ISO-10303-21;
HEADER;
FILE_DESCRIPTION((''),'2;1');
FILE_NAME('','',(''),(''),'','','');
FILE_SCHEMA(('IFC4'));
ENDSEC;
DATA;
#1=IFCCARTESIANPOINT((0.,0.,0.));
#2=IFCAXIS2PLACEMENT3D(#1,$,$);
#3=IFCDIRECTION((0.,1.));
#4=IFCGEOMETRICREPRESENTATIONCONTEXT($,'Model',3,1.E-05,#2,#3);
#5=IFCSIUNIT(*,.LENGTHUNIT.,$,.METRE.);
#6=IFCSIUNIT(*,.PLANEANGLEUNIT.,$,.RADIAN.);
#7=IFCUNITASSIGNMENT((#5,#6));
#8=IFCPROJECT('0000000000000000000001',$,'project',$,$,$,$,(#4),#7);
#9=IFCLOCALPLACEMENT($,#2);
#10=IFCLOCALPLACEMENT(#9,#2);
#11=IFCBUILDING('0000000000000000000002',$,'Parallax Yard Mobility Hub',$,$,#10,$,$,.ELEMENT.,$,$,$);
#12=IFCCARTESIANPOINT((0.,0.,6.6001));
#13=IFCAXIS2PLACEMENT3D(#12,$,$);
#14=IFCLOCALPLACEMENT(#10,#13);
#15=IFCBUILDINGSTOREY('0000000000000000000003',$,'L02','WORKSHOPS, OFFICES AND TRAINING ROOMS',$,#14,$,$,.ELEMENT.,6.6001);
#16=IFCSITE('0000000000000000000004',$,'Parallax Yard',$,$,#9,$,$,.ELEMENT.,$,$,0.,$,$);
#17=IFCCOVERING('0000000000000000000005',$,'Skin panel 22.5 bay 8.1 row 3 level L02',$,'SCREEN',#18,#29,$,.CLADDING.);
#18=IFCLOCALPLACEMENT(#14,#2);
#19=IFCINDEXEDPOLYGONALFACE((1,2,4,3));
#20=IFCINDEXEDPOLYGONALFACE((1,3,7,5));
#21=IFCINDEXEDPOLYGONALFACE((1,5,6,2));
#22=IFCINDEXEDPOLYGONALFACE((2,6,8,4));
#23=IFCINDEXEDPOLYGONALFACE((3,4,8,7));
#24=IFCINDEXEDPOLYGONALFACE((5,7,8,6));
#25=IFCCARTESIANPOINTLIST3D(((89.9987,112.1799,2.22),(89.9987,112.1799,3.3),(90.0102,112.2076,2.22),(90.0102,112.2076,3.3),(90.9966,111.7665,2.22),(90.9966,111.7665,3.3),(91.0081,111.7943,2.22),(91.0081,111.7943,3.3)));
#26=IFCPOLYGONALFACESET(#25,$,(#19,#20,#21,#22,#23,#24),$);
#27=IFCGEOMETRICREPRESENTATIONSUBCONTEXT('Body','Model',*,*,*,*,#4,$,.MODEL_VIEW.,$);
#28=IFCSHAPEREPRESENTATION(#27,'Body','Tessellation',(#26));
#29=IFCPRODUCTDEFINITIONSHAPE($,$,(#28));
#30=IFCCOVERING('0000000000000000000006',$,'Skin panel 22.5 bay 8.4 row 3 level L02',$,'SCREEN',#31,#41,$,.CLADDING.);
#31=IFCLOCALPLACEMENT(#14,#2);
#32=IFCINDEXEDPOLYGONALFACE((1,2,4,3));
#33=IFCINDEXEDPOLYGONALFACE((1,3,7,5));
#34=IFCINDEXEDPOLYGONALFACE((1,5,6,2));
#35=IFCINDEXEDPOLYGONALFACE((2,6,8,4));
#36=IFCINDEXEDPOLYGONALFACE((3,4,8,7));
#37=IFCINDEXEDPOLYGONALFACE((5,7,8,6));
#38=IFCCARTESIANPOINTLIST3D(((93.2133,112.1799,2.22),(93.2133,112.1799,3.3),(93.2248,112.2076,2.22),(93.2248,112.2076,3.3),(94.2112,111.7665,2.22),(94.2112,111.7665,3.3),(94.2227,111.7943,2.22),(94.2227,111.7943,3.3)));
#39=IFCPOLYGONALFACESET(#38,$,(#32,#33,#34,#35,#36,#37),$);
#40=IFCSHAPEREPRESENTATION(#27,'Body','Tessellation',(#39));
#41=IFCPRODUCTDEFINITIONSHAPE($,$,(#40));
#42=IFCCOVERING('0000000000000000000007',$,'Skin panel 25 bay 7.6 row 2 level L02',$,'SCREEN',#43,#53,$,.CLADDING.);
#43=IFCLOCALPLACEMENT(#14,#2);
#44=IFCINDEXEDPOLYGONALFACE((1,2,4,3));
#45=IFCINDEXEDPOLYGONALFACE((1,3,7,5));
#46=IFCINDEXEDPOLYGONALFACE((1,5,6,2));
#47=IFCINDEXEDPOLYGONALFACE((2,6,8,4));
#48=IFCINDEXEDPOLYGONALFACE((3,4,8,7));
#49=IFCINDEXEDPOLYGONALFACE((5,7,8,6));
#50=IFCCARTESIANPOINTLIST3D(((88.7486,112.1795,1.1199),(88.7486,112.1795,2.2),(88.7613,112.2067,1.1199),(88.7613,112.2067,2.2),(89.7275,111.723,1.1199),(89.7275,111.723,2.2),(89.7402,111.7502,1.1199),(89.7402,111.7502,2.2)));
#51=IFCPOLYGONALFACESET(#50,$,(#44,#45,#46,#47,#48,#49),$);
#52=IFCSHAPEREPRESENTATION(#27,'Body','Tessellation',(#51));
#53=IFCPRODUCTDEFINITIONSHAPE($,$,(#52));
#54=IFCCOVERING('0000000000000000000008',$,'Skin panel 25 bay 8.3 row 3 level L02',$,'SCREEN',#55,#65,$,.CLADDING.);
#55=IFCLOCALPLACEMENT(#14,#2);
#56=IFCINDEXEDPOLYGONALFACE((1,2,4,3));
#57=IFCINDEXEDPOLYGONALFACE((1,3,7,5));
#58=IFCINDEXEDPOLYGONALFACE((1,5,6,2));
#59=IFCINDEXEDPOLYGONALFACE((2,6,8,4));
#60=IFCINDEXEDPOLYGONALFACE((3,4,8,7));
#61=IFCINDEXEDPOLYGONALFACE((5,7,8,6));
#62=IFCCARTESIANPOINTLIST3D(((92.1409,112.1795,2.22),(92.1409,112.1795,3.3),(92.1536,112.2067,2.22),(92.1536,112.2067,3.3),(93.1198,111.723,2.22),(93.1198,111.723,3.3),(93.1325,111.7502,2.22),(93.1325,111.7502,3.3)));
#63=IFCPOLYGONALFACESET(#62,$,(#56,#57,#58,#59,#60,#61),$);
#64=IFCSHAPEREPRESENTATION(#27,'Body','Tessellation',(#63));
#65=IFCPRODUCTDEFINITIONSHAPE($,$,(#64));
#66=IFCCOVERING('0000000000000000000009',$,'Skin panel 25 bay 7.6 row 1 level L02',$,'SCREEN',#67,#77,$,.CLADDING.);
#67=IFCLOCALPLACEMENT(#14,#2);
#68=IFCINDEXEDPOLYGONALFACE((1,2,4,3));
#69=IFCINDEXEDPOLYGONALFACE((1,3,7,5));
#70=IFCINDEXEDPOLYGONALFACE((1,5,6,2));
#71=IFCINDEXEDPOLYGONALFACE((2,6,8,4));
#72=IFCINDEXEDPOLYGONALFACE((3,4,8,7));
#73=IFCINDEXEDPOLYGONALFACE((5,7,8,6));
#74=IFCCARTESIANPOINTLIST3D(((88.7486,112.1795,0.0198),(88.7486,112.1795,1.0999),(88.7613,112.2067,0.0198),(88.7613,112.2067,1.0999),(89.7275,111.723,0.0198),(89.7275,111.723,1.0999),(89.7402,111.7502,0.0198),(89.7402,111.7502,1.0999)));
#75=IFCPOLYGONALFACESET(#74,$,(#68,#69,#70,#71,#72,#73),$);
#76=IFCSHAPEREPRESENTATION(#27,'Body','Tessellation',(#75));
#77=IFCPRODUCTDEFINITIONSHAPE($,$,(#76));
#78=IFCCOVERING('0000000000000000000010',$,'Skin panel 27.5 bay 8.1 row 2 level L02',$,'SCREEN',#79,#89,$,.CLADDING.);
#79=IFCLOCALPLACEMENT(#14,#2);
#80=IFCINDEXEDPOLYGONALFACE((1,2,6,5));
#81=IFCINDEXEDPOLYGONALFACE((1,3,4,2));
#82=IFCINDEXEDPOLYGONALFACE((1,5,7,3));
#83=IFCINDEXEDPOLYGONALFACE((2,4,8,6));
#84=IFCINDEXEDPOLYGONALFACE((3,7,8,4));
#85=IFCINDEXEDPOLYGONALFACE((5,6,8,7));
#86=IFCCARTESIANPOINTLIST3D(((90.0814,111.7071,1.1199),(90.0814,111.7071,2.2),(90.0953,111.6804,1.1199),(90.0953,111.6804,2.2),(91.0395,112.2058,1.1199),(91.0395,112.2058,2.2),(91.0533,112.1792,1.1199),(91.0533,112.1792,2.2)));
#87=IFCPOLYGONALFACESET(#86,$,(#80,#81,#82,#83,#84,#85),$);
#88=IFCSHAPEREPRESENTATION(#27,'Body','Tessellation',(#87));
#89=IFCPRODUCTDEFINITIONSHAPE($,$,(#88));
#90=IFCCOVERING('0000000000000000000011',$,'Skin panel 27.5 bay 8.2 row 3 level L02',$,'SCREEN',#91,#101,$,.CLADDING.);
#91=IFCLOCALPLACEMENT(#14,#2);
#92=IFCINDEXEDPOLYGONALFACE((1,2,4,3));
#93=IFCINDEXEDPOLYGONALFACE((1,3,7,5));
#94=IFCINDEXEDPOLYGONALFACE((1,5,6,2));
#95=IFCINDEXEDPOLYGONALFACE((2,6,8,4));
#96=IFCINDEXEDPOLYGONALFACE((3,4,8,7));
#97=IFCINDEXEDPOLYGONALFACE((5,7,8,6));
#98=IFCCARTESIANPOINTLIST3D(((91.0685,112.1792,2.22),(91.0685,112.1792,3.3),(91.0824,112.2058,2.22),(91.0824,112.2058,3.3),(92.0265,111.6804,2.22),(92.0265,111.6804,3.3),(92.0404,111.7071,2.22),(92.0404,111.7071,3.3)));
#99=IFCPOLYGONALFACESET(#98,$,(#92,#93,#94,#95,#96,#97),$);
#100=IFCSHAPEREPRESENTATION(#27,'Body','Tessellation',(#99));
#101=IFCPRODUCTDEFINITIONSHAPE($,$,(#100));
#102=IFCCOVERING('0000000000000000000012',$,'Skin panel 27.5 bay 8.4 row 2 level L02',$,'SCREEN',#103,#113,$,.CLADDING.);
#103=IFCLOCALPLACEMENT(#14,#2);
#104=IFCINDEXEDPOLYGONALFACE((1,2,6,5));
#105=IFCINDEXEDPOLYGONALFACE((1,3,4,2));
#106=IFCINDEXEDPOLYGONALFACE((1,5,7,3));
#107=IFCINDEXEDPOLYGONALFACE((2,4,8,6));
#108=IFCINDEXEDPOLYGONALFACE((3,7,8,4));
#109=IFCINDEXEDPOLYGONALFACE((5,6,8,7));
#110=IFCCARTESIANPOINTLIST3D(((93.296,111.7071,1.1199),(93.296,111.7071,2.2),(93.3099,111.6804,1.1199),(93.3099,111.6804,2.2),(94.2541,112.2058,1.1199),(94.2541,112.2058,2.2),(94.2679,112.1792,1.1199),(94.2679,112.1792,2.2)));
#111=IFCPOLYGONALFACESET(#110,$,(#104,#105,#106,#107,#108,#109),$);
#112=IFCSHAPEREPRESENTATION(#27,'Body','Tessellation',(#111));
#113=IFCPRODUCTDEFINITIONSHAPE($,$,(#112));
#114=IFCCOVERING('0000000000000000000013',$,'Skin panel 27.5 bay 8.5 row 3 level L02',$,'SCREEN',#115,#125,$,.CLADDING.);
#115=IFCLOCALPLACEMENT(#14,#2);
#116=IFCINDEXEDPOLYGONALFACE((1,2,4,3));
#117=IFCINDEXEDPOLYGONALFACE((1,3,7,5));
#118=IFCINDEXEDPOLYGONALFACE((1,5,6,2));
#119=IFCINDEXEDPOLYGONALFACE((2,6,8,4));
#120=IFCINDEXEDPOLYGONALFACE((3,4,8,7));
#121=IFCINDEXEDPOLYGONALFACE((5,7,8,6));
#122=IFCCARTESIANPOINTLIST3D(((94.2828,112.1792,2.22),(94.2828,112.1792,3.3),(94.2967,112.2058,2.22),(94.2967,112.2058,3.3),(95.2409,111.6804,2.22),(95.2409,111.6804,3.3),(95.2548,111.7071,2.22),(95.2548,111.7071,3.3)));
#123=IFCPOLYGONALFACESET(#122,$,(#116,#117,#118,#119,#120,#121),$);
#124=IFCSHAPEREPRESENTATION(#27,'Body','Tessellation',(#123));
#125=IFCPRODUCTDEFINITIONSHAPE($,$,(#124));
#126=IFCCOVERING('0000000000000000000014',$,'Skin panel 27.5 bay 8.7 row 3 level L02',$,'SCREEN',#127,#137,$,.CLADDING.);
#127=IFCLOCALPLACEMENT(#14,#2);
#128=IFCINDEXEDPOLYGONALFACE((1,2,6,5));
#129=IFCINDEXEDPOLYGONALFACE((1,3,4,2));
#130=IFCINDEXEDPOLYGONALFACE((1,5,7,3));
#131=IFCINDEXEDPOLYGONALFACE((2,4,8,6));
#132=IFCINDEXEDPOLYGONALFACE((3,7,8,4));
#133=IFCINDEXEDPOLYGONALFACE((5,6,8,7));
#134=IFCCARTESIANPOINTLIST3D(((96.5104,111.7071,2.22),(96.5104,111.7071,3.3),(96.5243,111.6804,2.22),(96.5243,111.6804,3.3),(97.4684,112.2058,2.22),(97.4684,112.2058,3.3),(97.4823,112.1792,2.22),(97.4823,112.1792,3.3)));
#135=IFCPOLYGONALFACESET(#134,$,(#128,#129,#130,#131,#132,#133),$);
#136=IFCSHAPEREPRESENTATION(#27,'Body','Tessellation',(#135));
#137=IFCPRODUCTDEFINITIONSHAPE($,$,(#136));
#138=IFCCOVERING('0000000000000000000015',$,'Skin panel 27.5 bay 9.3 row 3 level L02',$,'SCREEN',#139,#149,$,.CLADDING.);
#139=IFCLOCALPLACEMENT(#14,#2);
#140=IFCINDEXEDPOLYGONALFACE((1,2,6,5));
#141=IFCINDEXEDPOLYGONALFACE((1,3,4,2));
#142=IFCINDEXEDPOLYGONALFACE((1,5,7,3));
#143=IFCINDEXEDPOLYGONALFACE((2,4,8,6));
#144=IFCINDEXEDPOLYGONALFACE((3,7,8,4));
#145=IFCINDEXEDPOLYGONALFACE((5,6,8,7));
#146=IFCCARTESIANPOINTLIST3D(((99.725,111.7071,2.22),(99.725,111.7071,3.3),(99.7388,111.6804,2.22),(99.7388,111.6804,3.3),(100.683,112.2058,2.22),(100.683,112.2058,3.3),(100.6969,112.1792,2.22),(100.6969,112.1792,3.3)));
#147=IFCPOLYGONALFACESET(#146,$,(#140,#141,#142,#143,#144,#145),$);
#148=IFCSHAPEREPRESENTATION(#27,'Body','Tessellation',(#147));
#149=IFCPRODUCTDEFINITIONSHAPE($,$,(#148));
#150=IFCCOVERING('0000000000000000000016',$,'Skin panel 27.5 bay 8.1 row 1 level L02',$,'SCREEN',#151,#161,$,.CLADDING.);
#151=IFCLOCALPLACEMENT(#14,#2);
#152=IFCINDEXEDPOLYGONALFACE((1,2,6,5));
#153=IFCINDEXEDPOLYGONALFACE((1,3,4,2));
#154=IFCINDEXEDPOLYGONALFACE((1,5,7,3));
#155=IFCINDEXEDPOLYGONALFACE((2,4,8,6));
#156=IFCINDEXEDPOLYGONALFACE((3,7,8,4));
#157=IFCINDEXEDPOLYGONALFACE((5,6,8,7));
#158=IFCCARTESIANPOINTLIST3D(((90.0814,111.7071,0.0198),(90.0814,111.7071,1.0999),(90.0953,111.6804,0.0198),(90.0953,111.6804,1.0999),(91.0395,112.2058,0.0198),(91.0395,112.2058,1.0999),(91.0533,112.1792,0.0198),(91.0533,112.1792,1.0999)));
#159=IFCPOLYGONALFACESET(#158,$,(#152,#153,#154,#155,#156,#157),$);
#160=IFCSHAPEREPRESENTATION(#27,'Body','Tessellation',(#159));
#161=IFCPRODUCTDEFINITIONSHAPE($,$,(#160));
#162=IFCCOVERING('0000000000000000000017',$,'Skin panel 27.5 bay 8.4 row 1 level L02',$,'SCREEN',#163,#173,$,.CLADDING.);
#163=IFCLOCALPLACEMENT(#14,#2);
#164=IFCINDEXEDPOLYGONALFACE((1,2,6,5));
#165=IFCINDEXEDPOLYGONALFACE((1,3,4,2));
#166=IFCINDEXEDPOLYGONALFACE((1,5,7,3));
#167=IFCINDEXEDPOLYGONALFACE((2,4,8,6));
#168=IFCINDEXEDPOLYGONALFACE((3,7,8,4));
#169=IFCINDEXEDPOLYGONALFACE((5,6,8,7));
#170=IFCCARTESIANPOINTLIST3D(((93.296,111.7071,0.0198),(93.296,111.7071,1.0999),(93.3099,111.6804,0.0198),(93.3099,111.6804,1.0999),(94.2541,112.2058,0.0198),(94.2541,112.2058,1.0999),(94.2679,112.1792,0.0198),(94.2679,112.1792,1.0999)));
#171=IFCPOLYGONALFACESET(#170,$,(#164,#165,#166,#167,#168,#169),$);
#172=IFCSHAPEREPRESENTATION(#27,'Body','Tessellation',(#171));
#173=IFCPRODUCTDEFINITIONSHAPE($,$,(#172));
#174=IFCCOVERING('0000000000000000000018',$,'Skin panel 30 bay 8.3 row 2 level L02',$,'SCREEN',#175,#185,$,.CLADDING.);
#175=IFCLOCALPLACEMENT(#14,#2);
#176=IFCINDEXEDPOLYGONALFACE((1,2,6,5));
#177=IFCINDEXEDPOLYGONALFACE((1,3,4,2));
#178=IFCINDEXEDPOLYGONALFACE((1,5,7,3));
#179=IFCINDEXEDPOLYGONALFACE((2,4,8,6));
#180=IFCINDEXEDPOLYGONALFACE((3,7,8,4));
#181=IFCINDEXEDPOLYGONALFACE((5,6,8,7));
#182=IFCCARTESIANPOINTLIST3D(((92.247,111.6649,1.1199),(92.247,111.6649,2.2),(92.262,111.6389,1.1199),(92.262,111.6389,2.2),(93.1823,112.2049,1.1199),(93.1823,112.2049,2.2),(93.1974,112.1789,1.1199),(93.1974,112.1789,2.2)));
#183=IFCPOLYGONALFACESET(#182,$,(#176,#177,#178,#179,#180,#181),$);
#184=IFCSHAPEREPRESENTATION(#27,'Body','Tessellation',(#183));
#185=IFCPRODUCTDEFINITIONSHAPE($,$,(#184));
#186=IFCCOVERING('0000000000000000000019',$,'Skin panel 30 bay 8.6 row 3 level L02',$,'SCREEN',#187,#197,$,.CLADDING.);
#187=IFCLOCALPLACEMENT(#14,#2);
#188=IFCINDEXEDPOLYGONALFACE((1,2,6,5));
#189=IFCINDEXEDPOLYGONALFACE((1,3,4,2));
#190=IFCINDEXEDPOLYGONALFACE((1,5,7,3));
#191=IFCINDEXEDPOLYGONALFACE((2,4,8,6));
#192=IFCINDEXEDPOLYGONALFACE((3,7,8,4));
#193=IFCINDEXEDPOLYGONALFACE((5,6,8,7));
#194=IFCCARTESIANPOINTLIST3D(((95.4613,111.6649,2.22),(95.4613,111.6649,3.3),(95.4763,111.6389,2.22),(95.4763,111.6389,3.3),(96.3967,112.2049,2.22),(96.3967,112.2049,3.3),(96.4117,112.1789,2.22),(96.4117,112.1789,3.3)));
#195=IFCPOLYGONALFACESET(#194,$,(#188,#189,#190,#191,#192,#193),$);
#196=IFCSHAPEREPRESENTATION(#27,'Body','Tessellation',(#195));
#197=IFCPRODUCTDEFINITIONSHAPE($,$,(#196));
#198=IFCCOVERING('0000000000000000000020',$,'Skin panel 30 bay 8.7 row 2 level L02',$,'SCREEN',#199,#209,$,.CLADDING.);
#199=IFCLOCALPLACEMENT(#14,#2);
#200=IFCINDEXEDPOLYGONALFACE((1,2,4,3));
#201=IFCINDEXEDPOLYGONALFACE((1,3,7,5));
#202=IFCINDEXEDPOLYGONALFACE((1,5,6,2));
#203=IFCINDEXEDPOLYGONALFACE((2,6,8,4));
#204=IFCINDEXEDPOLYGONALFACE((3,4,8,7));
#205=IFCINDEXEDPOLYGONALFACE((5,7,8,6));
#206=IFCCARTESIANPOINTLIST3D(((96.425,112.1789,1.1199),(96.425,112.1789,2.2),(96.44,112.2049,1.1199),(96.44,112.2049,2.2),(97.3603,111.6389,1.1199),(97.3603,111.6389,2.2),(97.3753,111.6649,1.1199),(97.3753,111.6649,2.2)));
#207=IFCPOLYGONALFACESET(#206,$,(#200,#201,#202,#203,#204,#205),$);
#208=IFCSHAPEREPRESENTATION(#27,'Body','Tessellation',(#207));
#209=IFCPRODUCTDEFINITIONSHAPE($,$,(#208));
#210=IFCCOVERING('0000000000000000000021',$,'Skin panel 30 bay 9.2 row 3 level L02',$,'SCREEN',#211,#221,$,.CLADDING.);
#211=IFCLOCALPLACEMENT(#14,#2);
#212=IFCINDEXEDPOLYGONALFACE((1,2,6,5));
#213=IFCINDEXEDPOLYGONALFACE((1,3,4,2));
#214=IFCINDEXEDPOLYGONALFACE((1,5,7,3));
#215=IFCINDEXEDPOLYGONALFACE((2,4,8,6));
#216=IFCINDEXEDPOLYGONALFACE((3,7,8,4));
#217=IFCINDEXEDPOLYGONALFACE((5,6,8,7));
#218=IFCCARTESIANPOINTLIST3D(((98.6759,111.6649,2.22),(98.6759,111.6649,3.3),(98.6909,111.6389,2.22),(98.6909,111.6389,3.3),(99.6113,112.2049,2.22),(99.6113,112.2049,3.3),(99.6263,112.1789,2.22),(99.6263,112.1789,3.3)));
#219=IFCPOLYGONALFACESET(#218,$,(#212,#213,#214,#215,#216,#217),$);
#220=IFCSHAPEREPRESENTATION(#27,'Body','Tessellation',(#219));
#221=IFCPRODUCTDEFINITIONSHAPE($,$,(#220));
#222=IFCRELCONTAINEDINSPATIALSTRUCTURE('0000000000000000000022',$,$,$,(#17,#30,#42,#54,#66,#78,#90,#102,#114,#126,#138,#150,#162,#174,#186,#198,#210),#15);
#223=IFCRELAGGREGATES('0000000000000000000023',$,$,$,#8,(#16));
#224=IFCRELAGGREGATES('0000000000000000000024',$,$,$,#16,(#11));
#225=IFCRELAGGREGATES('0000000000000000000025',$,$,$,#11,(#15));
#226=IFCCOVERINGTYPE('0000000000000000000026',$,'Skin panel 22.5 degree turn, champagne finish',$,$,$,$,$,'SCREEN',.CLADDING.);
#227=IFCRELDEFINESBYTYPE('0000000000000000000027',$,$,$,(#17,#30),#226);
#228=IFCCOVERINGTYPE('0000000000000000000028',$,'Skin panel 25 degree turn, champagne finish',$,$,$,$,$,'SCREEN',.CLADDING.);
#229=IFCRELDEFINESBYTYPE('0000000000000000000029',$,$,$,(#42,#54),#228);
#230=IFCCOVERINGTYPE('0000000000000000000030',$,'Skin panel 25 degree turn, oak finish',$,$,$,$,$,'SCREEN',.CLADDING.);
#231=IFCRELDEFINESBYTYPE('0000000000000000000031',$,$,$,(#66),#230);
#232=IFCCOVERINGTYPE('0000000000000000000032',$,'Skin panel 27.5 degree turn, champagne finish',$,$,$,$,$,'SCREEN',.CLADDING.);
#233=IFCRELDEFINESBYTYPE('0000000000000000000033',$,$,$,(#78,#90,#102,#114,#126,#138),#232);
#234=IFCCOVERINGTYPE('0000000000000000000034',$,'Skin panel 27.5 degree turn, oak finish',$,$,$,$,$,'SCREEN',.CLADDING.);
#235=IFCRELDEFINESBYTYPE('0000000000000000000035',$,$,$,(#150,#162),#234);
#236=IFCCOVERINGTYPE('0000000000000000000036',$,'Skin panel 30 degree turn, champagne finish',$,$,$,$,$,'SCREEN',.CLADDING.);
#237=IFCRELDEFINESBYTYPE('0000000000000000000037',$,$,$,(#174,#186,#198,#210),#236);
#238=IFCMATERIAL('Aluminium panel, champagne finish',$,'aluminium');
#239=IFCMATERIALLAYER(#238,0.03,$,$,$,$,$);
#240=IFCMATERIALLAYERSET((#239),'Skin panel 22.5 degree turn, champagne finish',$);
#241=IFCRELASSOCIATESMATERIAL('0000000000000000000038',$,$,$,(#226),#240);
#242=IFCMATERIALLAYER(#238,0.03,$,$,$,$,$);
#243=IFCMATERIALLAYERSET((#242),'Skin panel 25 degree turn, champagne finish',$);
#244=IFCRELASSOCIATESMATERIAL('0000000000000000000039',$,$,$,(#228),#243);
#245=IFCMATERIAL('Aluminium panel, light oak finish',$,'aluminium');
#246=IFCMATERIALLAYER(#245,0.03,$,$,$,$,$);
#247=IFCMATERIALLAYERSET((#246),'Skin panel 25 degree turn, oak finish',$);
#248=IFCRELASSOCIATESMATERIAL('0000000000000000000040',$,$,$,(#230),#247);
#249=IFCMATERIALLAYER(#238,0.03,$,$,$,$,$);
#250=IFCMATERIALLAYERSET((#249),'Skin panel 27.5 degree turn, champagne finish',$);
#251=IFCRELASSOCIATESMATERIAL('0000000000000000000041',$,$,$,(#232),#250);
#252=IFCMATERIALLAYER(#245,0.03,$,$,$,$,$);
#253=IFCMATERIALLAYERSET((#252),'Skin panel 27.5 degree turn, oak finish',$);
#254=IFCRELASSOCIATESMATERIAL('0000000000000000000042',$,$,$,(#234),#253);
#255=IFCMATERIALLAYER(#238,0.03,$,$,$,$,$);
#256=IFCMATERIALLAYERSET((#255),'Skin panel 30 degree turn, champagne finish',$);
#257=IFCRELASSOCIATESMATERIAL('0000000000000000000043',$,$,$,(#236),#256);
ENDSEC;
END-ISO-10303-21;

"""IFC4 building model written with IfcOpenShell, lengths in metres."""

from ifc_helpers import new_model, si_unit, direction, frame, origin, origin_2d, place, context, subcontext, project, spatial, rectangle, extrude, material, layer, layer_set, type_object, element, save


model = new_model("IFC4")

# Units and contexts
model_context = context("Model", 3, precision=1e-05, world=origin(), true_north=direction((0.0, 1.0)))
body_context = subcontext(model_context, "Body", "Model", "MODEL_VIEW")
ifc_project = project(units=[si_unit("LENGTHUNIT", "METRE"), si_unit("PLANEANGLEUNIT", "RADIAN")], contexts=[model_context])

# Site, building, storey
site_placement = place(None, origin())
site = spatial("IfcSite", under=ifc_project, at=site_placement, Name="Parallax Yard", CompositionType="ELEMENT", RefElevation=0.0)
building_placement = place(site_placement, origin())
building = spatial("IfcBuilding", under=site, at=building_placement, Name="Parallax Yard Mobility Hub", CompositionType="ELEMENT")
storey_placement = place(building_placement, frame((0.0, 0.0, 6.6001)))
storey = spatial("IfcBuildingStorey", under=building, at=storey_placement, Name="L02", Description="WORKSHOPS, OFFICES AND TRAINING ROOMS", CompositionType="ELEMENT", Elevation=6.6001)

# Coverings
ifc_material_1 = material(Name="Aluminium panel, champagne finish", Category="aluminium")
ifc_layer_1 = layer(ifc_material_1, 0.03)
ifc_layer_set_1 = layer_set([ifc_layer_1], Name="Skin panel 22.5 degree turn, champagne finish")
covering_type_1 = type_object("IfcCoveringType", Name="Skin panel 22.5 degree turn, champagne finish", ElementType="SCREEN", PredefinedType="CLADDING", material=ifc_layer_set_1)
for number, where, z_axis, x_axis, name in (
    (1, (90.5034, 111.9871, 2.22), (0.0, 0.0, 1.0), (0.92388, -0.382683, 0.0), "Skin panel 22.5 bay 8.1 row 3 level L02"),
    (2, (93.718, 111.9871, 2.22), (0.0, 0.0, 1.0), (0.92388, -0.382683, 0.0), "Skin panel 22.5 bay 8.4 row 3 level L02"),
):
    element("IfcCovering", number, at=place(storey_placement, frame(where, z_axis=z_axis, x_axis=x_axis)), inside=storey, type_object=covering_type_1, Name=name, ObjectType="SCREEN", PredefinedType="CLADDING", context=body_context, shape_type="SweptSolid", body=[
        extrude(rectangle(XDim=1.0801, YDim=0.03, at=origin_2d()), origin(), (0.0, 0.0, 1.0), 1.0801),
    ])
ifc_layer_2 = layer(ifc_material_1, 0.03)
ifc_layer_set_2 = layer_set([ifc_layer_2], Name="Skin panel 25 degree turn, champagne finish")
covering_type_2 = type_object("IfcCoveringType", Name="Skin panel 25 degree turn, champagne finish", ElementType="SCREEN", PredefinedType="CLADDING", material=ifc_layer_set_2)
for number, where, z_axis, x_axis, name in (
    (3, (89.2444, 111.9648, 1.1199), (0.0, 0.0, 1.0), (0.906308, -0.422618, 0.0), "Skin panel 25 bay 7.6 row 2 level L02"),
    (4, (92.6367, 111.9648, 2.22), (0.0, 0.0, 1.0), (0.906308, -0.422618, 0.0), "Skin panel 25 bay 8.3 row 3 level L02"),
):
    element("IfcCovering", number, at=place(storey_placement, frame(where, z_axis=z_axis, x_axis=x_axis)), inside=storey, type_object=covering_type_2, Name=name, ObjectType="SCREEN", PredefinedType="CLADDING", context=body_context, shape_type="SweptSolid", body=[
        extrude(rectangle(XDim=1.0801, YDim=0.03, at=origin_2d()), origin(), (0.0, 0.0, 1.0), 1.0801),
    ])
ifc_material_2 = material(Name="Aluminium panel, light oak finish", Category="aluminium")
ifc_layer_3 = layer(ifc_material_2, 0.03)
ifc_layer_set_3 = layer_set([ifc_layer_3], Name="Skin panel 25 degree turn, oak finish")
covering_type_3 = type_object("IfcCoveringType", Name="Skin panel 25 degree turn, oak finish", ElementType="SCREEN", PredefinedType="CLADDING", material=ifc_layer_set_3)
covering_placement = place(storey_placement, frame((89.2444, 111.9648, 0.0198), z_axis=(0.0, 0.0, 1.0), x_axis=(0.906308, -0.422618, 0.0)))
element("IfcCovering", 5, at=covering_placement, inside=storey, type_object=covering_type_3, Name="Skin panel 25 bay 7.6 row 1 level L02", ObjectType="SCREEN", PredefinedType="CLADDING", context=body_context, shape_type="SweptSolid", body=[
    extrude(rectangle(XDim=1.0801, YDim=0.03, at=origin_2d()), origin(), (0.0, 0.0, 1.0), 1.0801),
])
ifc_layer_4 = layer(ifc_material_1, 0.03)
ifc_layer_set_4 = layer_set([ifc_layer_4], Name="Skin panel 27.5 degree turn, champagne finish")
covering_type_4 = type_object("IfcCoveringType", Name="Skin panel 27.5 degree turn, champagne finish", ElementType="SCREEN", PredefinedType="CLADDING", material=ifc_layer_set_4)
for number, where, z_axis, x_axis, name in (
    (6, (90.5674, 111.9431, 1.1199), (0.0, 0.0, 1.0), (-0.887011, -0.461749, 0.0), "Skin panel 27.5 bay 8.1 row 2 level L02"),
    (7, (91.5544, 111.9431, 2.22), (0.0, 0.0, 1.0), (0.887011, -0.461749, 0.0), "Skin panel 27.5 bay 8.2 row 3 level L02"),
    (8, (93.782, 111.9431, 1.1199), (0.0, 0.0, 1.0), (-0.887011, -0.461749, 0.0), "Skin panel 27.5 bay 8.4 row 2 level L02"),
    (9, (94.7688, 111.9431, 2.22), (0.0, 0.0, 1.0), (0.887011, -0.461749, 0.0), "Skin panel 27.5 bay 8.5 row 3 level L02"),
    (10, (96.9963, 111.9431, 2.22), (0.0, 0.0, 1.0), (-0.887011, -0.461749, 0.0), "Skin panel 27.5 bay 8.7 row 3 level L02"),
    (11, (100.2109, 111.9431, 2.22), (0.0, 0.0, 1.0), (-0.887011, -0.461749, 0.0), "Skin panel 27.5 bay 9.3 row 3 level L02"),
):
    element("IfcCovering", number, at=place(storey_placement, frame(where, z_axis=z_axis, x_axis=x_axis)), inside=storey, type_object=covering_type_4, Name=name, ObjectType="SCREEN", PredefinedType="CLADDING", context=body_context, shape_type="SweptSolid", body=[
        extrude(rectangle(XDim=1.0801, YDim=0.03, at=origin_2d()), origin(), (0.0, 0.0, 1.0), 1.0801),
    ])
ifc_layer_5 = layer(ifc_material_2, 0.03)
ifc_layer_set_5 = layer_set([ifc_layer_5], Name="Skin panel 27.5 degree turn, oak finish")
covering_type_5 = type_object("IfcCoveringType", Name="Skin panel 27.5 degree turn, oak finish", ElementType="SCREEN", PredefinedType="CLADDING", material=ifc_layer_set_5)
for number, where, z_axis, x_axis, name in (
    (12, (90.5674, 111.9431, 0.0198), (0.0, 0.0, 1.0), (-0.887011, -0.461749, 0.0), "Skin panel 27.5 bay 8.1 row 1 level L02"),
    (13, (93.782, 111.9431, 0.0198), (0.0, 0.0, 1.0), (-0.887011, -0.461749, 0.0), "Skin panel 27.5 bay 8.4 row 1 level L02"),
):
    element("IfcCovering", number, at=place(storey_placement, frame(where, z_axis=z_axis, x_axis=x_axis)), inside=storey, type_object=covering_type_5, Name=name, ObjectType="SCREEN", PredefinedType="CLADDING", context=body_context, shape_type="SweptSolid", body=[
        extrude(rectangle(XDim=1.0801, YDim=0.03, at=origin_2d()), origin(), (0.0, 0.0, 1.0), 1.0801),
    ])
ifc_layer_6 = layer(ifc_material_1, 0.03)
ifc_layer_set_6 = layer_set([ifc_layer_6], Name="Skin panel 30 degree turn, champagne finish")
covering_type_6 = type_object("IfcCoveringType", Name="Skin panel 30 degree turn, champagne finish", ElementType="SCREEN", PredefinedType="CLADDING", material=ifc_layer_set_6)
for number, where, z_axis, x_axis, name in (
    (14, (92.7222, 111.9219, 1.1199), (0.0, 0.0, 1.0), (-0.866025, -0.5, 0.0), "Skin panel 30 bay 8.3 row 2 level L02"),
    (15, (95.9365, 111.9219, 2.22), (0.0, 0.0, 1.0), (-0.866025, -0.5, 0.0), "Skin panel 30 bay 8.6 row 3 level L02"),
    (16, (96.9001, 111.9219, 1.1199), (0.0, 0.0, 1.0), (0.866025, -0.5, 0.0), "Skin panel 30 bay 8.7 row 2 level L02"),
    (17, (99.1511, 111.9219, 2.22), (0.0, 0.0, 1.0), (-0.866025, -0.5, 0.0), "Skin panel 30 bay 9.2 row 3 level L02"),
):
    element("IfcCovering", number, at=place(storey_placement, frame(where, z_axis=z_axis, x_axis=x_axis)), inside=storey, type_object=covering_type_6, Name=name, ObjectType="SCREEN", PredefinedType="CLADDING", context=body_context, shape_type="SweptSolid", body=[
        extrude(rectangle(XDim=1.0801, YDim=0.03, at=origin_2d()), origin(), (0.0, 0.0, 1.0), 1.0801),
    ])

save(model, "model.ifc")
